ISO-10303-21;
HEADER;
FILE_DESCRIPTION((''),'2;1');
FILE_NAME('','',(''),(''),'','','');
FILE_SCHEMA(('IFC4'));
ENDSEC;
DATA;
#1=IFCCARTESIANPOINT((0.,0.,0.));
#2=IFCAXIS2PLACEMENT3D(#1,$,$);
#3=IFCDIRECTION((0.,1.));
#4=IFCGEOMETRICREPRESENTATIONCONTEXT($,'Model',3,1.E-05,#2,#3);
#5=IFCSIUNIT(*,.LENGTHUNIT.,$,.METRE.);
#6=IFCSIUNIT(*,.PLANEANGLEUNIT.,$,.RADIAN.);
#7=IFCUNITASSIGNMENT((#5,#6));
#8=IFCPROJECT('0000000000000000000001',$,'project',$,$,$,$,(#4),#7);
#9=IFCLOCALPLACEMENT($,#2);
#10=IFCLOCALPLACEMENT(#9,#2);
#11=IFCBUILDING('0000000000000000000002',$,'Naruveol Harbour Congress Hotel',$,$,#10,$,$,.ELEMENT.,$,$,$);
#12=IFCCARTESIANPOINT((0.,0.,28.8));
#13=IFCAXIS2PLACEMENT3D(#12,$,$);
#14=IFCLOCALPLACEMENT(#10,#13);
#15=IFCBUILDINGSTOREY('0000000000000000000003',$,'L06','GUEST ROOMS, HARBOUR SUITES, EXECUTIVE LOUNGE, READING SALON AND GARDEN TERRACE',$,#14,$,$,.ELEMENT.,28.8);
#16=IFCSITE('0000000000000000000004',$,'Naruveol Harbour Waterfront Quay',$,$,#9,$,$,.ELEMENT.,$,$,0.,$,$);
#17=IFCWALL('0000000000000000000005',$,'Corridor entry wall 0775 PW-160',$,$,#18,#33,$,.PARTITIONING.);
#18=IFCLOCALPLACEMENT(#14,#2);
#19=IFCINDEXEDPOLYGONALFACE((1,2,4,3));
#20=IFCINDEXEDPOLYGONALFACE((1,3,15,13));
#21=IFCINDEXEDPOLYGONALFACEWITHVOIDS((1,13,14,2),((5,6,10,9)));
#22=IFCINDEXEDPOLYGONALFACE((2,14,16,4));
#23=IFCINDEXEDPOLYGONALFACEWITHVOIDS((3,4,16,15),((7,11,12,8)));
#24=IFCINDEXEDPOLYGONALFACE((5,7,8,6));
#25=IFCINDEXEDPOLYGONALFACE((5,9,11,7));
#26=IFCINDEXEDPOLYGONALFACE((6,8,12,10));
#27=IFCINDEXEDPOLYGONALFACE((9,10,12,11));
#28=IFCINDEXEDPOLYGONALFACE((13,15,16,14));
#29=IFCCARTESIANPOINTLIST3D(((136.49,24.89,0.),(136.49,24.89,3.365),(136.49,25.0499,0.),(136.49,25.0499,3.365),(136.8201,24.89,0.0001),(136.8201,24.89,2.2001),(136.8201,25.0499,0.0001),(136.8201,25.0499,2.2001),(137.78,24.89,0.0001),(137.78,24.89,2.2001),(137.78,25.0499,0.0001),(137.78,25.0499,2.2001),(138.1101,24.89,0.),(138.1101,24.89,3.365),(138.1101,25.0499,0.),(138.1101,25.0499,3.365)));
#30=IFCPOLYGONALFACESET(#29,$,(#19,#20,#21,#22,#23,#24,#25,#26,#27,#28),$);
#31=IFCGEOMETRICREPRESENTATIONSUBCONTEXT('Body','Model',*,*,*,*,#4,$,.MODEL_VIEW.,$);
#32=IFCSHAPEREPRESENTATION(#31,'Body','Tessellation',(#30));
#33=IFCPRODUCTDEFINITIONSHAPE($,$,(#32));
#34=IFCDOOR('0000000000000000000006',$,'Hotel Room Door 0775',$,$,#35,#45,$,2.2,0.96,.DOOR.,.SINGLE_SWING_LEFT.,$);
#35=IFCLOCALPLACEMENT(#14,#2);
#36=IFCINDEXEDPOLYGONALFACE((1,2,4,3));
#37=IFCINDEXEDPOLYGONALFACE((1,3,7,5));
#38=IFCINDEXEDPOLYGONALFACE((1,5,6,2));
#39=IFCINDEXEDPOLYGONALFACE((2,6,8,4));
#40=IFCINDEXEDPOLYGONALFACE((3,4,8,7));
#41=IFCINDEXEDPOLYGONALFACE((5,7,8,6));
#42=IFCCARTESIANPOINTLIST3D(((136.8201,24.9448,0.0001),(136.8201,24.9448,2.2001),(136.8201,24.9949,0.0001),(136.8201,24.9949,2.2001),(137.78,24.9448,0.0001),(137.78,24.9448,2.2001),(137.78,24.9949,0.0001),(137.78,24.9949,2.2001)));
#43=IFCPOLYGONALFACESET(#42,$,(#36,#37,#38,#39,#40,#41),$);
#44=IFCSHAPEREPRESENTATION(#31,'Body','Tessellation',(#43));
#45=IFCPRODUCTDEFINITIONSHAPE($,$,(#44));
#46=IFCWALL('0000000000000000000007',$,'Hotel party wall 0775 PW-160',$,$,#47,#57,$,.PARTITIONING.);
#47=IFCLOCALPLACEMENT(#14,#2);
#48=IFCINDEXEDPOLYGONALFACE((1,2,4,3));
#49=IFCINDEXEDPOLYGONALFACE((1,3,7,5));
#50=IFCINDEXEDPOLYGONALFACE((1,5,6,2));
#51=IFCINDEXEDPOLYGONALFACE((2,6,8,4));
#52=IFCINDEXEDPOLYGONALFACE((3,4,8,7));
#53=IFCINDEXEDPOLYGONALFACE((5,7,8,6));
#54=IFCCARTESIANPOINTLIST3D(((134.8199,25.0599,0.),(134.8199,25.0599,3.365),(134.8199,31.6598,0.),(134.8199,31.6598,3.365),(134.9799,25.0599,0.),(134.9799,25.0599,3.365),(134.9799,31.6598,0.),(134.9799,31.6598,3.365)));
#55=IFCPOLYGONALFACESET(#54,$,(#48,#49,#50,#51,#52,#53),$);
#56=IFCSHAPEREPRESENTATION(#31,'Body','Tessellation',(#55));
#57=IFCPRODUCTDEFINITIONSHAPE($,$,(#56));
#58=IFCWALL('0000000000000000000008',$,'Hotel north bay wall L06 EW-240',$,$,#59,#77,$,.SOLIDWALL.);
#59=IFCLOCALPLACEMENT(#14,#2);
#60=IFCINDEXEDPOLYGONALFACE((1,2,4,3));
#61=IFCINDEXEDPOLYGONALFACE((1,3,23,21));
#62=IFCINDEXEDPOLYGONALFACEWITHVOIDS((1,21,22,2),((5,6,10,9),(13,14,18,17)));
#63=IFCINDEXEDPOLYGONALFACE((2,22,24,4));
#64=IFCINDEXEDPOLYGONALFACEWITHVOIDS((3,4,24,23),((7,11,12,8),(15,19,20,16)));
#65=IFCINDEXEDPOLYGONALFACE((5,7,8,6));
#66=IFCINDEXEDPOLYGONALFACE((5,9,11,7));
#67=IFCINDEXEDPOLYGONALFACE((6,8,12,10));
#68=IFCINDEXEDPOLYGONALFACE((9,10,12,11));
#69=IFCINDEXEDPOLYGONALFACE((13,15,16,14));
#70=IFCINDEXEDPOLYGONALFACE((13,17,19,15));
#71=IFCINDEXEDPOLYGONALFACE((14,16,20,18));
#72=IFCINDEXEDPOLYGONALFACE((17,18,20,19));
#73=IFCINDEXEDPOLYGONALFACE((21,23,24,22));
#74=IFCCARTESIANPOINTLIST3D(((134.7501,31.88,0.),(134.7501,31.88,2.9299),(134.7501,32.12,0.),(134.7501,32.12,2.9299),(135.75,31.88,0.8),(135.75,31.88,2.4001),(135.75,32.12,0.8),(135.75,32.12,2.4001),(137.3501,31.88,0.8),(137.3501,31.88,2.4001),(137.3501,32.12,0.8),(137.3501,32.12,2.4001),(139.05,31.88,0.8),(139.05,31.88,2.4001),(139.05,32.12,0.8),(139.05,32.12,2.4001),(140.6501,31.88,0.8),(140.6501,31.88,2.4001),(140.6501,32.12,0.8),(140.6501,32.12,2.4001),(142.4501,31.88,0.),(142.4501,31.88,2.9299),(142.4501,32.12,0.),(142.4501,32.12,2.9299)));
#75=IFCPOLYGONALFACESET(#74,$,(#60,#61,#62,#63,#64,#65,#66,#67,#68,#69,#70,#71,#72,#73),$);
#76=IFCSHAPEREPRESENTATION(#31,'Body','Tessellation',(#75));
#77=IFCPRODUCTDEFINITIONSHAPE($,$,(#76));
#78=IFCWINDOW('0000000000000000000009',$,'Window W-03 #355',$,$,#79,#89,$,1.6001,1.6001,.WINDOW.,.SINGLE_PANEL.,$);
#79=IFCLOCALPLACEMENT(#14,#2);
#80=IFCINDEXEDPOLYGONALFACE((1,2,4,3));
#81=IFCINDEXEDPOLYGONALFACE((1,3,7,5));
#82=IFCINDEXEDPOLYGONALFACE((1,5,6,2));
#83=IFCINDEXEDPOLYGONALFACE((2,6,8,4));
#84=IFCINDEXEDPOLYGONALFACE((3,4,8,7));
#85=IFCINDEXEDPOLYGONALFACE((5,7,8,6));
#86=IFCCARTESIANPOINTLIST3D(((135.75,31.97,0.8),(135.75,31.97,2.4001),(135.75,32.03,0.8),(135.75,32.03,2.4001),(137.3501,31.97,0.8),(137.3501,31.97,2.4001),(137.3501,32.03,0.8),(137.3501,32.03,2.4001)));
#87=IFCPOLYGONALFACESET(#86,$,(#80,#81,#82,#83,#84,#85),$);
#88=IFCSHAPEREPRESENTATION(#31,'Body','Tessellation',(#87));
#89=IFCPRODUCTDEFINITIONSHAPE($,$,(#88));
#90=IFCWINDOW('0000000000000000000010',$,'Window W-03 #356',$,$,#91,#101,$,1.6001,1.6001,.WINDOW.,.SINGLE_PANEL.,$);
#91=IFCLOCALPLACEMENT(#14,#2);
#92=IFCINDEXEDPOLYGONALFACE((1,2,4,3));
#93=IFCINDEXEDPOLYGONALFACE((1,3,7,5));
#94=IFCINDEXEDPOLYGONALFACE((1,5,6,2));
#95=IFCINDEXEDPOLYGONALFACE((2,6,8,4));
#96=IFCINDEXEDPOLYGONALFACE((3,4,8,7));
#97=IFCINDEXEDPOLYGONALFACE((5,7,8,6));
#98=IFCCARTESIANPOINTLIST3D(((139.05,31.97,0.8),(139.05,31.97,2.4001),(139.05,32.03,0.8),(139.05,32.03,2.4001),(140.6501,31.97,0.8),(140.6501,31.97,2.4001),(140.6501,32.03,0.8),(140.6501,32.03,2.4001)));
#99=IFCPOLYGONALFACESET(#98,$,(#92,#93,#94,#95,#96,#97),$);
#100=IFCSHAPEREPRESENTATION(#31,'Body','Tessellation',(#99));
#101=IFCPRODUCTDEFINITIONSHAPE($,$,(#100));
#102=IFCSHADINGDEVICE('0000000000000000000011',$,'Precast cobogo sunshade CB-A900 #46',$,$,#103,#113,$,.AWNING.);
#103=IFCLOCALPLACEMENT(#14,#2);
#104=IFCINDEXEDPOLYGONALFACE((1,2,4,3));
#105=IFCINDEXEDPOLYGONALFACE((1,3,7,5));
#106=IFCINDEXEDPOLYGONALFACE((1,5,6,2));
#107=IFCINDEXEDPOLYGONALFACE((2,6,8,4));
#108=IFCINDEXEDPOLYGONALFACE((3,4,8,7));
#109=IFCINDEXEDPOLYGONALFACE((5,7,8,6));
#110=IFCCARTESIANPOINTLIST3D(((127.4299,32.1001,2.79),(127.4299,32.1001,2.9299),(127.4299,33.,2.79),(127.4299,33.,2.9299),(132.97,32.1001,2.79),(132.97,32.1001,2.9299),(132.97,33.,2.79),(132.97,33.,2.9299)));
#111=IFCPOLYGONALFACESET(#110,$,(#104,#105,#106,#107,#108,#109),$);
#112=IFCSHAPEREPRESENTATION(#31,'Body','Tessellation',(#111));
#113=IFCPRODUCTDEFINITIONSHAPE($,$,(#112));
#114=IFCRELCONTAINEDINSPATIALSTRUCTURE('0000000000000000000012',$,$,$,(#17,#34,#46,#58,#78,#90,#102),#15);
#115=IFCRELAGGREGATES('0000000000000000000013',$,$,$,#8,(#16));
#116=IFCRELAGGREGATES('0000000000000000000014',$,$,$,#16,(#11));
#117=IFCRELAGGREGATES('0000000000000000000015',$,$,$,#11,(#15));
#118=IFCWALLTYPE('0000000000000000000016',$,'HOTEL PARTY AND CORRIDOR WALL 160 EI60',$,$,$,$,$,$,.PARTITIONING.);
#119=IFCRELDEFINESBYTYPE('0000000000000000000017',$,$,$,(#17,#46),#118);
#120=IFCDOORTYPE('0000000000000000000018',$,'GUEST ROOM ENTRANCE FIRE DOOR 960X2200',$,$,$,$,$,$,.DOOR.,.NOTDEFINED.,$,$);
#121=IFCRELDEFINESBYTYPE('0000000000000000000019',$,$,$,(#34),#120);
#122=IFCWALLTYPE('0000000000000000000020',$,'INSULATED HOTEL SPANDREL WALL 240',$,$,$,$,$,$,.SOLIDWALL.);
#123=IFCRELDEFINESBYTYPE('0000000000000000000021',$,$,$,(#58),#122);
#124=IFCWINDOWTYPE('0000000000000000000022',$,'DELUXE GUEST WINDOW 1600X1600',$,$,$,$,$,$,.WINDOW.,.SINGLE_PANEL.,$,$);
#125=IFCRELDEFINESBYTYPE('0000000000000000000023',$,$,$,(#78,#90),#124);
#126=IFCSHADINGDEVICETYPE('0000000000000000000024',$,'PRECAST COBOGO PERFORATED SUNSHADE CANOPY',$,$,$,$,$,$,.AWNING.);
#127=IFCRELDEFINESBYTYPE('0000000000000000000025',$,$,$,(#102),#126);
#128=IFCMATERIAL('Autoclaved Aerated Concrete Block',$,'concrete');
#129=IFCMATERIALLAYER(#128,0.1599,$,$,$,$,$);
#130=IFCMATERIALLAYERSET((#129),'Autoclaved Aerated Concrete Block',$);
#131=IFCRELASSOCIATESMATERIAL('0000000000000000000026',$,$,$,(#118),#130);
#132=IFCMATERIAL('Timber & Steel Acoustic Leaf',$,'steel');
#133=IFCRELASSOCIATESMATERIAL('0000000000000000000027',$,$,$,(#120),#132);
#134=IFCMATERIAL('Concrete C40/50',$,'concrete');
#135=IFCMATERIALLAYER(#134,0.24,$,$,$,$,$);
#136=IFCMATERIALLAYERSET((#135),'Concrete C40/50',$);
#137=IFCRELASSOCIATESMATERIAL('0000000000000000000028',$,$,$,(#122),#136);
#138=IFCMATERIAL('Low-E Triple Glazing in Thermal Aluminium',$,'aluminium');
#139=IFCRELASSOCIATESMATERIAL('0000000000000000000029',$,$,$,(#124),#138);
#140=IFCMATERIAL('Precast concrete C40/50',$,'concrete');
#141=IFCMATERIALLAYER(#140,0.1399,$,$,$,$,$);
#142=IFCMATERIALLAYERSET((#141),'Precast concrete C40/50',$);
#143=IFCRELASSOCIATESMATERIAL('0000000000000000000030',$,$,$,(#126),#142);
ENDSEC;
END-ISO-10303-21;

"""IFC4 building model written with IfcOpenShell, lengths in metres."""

from ifc_helpers import new_model, si_unit, direction, frame, frame_2d, origin, origin_2d, place, context, subcontext, project, spatial, rectangle, extrude, material, layer, layer_set, type_object, element, fill, save


model = new_model("IFC4")

# Units and contexts
model_context = context("Model", 3, precision=1e-05, world=origin(), true_north=direction((0.0, 1.0)))
body_context = subcontext(model_context, "Body", "Model", "MODEL_VIEW")
ifc_project = project(units=[si_unit("LENGTHUNIT", "METRE"), si_unit("PLANEANGLEUNIT", "RADIAN")], contexts=[model_context])

# Site, building, storey
site_placement = place(None, origin())
site = spatial("IfcSite", under=ifc_project, at=site_placement, Name="Naruveol Harbour Waterfront Quay", CompositionType="ELEMENT", RefElevation=0.0)
building_placement = place(site_placement, origin())
building = spatial("IfcBuilding", under=site, at=building_placement, Name="Naruveol Harbour Congress Hotel", CompositionType="ELEMENT")
storey_placement = place(building_placement, frame((0.0, 0.0, 28.8)))
storey = spatial("IfcBuildingStorey", under=building, at=storey_placement, Name="L06", Description="GUEST ROOMS, HARBOUR SUITES, EXECUTIVE LOUNGE, READING SALON AND GARDEN TERRACE", CompositionType="ELEMENT", Elevation=28.8)

# Shared definitions
ifc_material_1 = material(Name="Autoclaved Aerated Concrete Block", Category="concrete")
ifc_layer_1 = layer(ifc_material_1, 0.1599)
ifc_layer_set_1 = layer_set([ifc_layer_1], Name="Autoclaved Aerated Concrete Block")
wall_type_1 = type_object("IfcWallType", Name="HOTEL PARTY AND CORRIDOR WALL 160 EI60", PredefinedType="PARTITIONING", material=ifc_layer_set_1)
ifc_material_2 = material(Name="Timber & Steel Acoustic Leaf", Category="steel")
door_type_1 = type_object("IfcDoorType", Name="GUEST ROOM ENTRANCE FIRE DOOR 960X2200", OperationType="NOTDEFINED", PredefinedType="DOOR", material=ifc_material_2)

# Wall, opening, door
wall_1_placement = place(storey_placement, frame((136.49, 24.97, 0.0), z_axis=(0.0, 0.0, 1.0), x_axis=(1.0, 0.0, 0.0)))
wall_1 = element("IfcWall", 1, at=wall_1_placement, inside=storey, type_object=wall_type_1, Name="Corridor entry wall 0775 PW-160", PredefinedType="PARTITIONING", context=body_context, shape_type="SweptSolid", body=[
    extrude(rectangle(XDim=1.6201, YDim=0.1599, at=frame_2d((0.8101, 0.0))), origin(), (0.0, 0.0, 1.0), 3.365),
])
opening_1_placement = place(wall_1_placement, frame((0.3301, 0.0, 0.0)))
opening_1 = element("IfcOpeningElement", 2, at=opening_1_placement, cuts=wall_1, PredefinedType="OPENING", context=body_context, shape_type="SweptSolid", body=[
    extrude(rectangle(XDim=0.96, YDim=2.2, at=frame_2d((0.48, 1.1001))), frame((0.0, 0.0898, 0.0), z_axis=(0.0, -1.0, 0.0), x_axis=(1.0, 0.0, 0.0)), (0.0, 0.0, 1.0), 0.1799),
])
door_1_placement = place(opening_1_placement, origin())
door_1 = element("IfcDoor", 3, at=door_1_placement, inside=storey, type_object=door_type_1, Name="Hotel Room Door 0775", OperationType="SINGLE_SWING_LEFT", OverallHeight=2.2, OverallWidth=0.96, PredefinedType="DOOR", context=body_context, shape_type="SweptSolid", body=[
    extrude(rectangle(XDim=0.96, YDim=2.2, at=frame_2d((0.48, 1.1001))), frame((0.0, 0.0249, 0.0), z_axis=(0.0, -1.0, 0.0), x_axis=(1.0, 0.0, 0.0)), (0.0, 0.0, 1.0), 0.05),
])
fill(opening_1, door_1)

# Wall
wall_2_placement = place(storey_placement, frame((134.8999, 25.0601, 0.0), z_axis=(0.0, 0.0, 1.0), x_axis=(0.0, 1.0, 0.0)))
element("IfcWall", 4, at=wall_2_placement, inside=storey, type_object=wall_type_1, Name="Hotel party wall 0775 PW-160", PredefinedType="PARTITIONING", context=body_context, shape_type="SweptSolid", body=[
    extrude(rectangle(XDim=6.5999, YDim=0.1599, at=frame_2d((3.2998, 0.0))), origin(), (0.0, 0.0, 1.0), 3.365),
])

# Wall, openings, windows
ifc_material_3 = material(Name="Concrete C40/50", Category="concrete")
ifc_layer_2 = layer(ifc_material_3, 0.24)
ifc_layer_set_2 = layer_set([ifc_layer_2], Name="Concrete C40/50")
wall_type_2 = type_object("IfcWallType", Name="INSULATED HOTEL SPANDREL WALL 240", PredefinedType="SOLIDWALL", material=ifc_layer_set_2)
wall_3_placement = place(storey_placement, frame((134.75, 32.0, 0.0), z_axis=(0.0, 0.0, 1.0), x_axis=(1.0, 0.0, 0.0)))
wall_3 = element("IfcWall", 5, at=wall_3_placement, inside=storey, type_object=wall_type_2, Name="Hotel north bay wall L06 EW-240", PredefinedType="SOLIDWALL", context=body_context, shape_type="SweptSolid", body=[
    extrude(rectangle(XDim=7.7, YDim=0.24, at=frame_2d((3.8501, 0.0))), origin(), (0.0, 0.0, 1.0), 2.9299),
])
opening_2_placement = place(wall_3_placement, frame((1.0, 0.0, 0.8)))
opening_2 = element("IfcOpeningElement", 6, at=opening_2_placement, cuts=wall_3, PredefinedType="OPENING", context=body_context, shape_type="SweptSolid", body=[
    extrude(rectangle(XDim=1.6001, YDim=1.6001, at=frame_2d((0.8, 0.8))), frame((0.0, 0.1299, 0.0), z_axis=(0.0, -1.0, 0.0), x_axis=(1.0, 0.0, 0.0)), (0.0, 0.0, 1.0), 0.26),
])
opening_3_placement = place(wall_3_placement, frame((4.3, 0.0, 0.8)))
opening_3 = element("IfcOpeningElement", 7, at=opening_3_placement, cuts=wall_3, PredefinedType="OPENING", context=body_context, shape_type="SweptSolid", body=[
    extrude(rectangle(XDim=1.6001, YDim=1.6001, at=frame_2d((0.8, 0.8))), frame((0.0, 0.1299, 0.0), z_axis=(0.0, -1.0, 0.0), x_axis=(1.0, 0.0, 0.0)), (0.0, 0.0, 1.0), 0.26),
])
ifc_material_4 = material(Name="Low-E Triple Glazing in Thermal Aluminium", Category="aluminium")
window_type = type_object("IfcWindowType", Name="DELUXE GUEST WINDOW 1600X1600", PartitioningType="SINGLE_PANEL", PredefinedType="WINDOW", material=ifc_material_4)
window_1_placement = place(opening_2_placement, origin())
window_1 = element("IfcWindow", 8, at=window_1_placement, inside=storey, type_object=window_type, Name="Window W-03 #355", OverallHeight=1.6001, OverallWidth=1.6001, PartitioningType="SINGLE_PANEL", PredefinedType="WINDOW", context=body_context, shape_type="SweptSolid", body=[
    extrude(rectangle(XDim=1.6001, YDim=1.6001, at=frame_2d((0.8, 0.8))), frame((0.0, 0.03, 0.0), z_axis=(0.0, -1.0, 0.0), x_axis=(1.0, 0.0, 0.0)), (0.0, 0.0, 1.0), 0.0601),
])
fill(opening_2, window_1)
window_2_placement = place(opening_3_placement, origin())
window_2 = element("IfcWindow", 9, at=window_2_placement, inside=storey, type_object=window_type, Name="Window W-03 #356", OverallHeight=1.6001, OverallWidth=1.6001, PartitioningType="SINGLE_PANEL", PredefinedType="WINDOW", context=body_context, shape_type="SweptSolid", body=[
    extrude(rectangle(XDim=1.6001, YDim=1.6001, at=frame_2d((0.8, 0.8))), frame((0.0, 0.03, 0.0), z_axis=(0.0, -1.0, 0.0), x_axis=(1.0, 0.0, 0.0)), (0.0, 0.0, 1.0), 0.0601),
])
fill(opening_3, window_2)

# Shading device
ifc_material_5 = material(Name="Precast concrete C40/50", Category="concrete")
ifc_layer_3 = layer(ifc_material_5, 0.1399)
ifc_layer_set_3 = layer_set([ifc_layer_3], Name="Precast concrete C40/50")
shading_device_type = type_object("IfcShadingDeviceType", Name="PRECAST COBOGO PERFORATED SUNSHADE CANOPY", PredefinedType="AWNING", material=ifc_layer_set_3)
shading_device_placement = place(storey_placement, frame((130.2, 32.55, 2.79), z_axis=(0.0, 0.0, 1.0), x_axis=(1.0, 0.0, 0.0)))
element("IfcShadingDevice", 10, at=shading_device_placement, inside=storey, type_object=shading_device_type, Name="Precast cobogo sunshade CB-A900 #46", PredefinedType="AWNING", context=body_context, shape_type="SweptSolid", body=[
    extrude(rectangle(XDim=5.54, YDim=0.8999, at=origin_2d()), origin(), (0.0, 0.0, 1.0), 0.1399),
])

save(model, "model.ifc")
